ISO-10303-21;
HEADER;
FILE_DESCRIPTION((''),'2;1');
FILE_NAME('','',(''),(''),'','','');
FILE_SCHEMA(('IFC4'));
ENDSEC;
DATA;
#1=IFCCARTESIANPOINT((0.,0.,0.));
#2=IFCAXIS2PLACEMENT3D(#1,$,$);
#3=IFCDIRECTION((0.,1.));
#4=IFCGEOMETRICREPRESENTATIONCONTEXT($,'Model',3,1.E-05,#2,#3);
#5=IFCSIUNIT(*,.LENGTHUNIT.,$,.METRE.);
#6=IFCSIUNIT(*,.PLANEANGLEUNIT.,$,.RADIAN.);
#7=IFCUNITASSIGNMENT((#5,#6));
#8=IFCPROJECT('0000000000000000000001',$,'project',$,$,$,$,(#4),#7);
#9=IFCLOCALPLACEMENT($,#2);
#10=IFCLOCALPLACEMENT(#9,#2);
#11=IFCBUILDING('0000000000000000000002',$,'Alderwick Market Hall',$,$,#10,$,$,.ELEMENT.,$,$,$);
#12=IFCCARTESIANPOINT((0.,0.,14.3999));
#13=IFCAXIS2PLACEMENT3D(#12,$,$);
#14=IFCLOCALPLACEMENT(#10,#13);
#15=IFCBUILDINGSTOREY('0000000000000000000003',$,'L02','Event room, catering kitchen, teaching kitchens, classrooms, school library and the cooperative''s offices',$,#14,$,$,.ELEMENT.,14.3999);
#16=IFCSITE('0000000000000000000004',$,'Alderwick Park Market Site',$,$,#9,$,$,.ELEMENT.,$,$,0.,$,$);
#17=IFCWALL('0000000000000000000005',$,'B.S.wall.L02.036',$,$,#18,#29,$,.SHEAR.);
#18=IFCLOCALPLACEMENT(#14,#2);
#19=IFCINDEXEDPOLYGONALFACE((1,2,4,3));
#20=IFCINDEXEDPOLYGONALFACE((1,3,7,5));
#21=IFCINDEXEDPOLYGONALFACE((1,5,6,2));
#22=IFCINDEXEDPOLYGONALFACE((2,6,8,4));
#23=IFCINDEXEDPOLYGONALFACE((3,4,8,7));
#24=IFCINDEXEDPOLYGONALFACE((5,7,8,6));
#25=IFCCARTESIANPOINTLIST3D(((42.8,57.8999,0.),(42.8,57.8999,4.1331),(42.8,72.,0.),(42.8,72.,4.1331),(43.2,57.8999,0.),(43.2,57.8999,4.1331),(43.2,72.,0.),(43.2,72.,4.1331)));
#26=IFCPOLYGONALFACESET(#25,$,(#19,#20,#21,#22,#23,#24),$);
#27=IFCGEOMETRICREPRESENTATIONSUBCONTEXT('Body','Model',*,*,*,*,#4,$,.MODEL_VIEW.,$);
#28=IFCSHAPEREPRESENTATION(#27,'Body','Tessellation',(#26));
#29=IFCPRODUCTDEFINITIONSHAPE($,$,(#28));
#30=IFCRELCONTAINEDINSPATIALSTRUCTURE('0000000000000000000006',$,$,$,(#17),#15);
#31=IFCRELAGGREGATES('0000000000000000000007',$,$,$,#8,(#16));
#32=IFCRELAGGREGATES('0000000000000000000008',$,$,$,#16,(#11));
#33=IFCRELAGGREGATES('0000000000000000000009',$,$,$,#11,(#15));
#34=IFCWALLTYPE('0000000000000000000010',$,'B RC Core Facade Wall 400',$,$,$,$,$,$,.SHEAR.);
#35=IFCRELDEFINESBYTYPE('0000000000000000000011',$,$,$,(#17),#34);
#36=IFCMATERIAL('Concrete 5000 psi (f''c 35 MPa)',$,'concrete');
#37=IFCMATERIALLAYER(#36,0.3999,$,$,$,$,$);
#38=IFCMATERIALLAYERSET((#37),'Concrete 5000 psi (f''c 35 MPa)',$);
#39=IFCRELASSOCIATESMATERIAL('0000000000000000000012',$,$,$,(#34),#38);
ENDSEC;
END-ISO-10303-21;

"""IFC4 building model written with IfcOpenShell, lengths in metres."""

from ifc_helpers import new_model, si_unit, direction, frame, frame_2d, origin, place, context, subcontext, project, spatial, rectangle, extrude, material, layer, layer_set, type_object, element, save


model = new_model("IFC4")

# Units and contexts
model_context = context("Model", 3, precision=1e-05, world=origin(), true_north=direction((0.0, 1.0)))
body_context = subcontext(model_context, "Body", "Model", "MODEL_VIEW")
ifc_project = project(units=[si_unit("LENGTHUNIT", "METRE"), si_unit("PLANEANGLEUNIT", "RADIAN")], contexts=[model_context])

# Site, building, storey
site_placement = place(None, origin())
site = spatial("IfcSite", under=ifc_project, at=site_placement, Name="Alderwick Park Market Site", CompositionType="ELEMENT", RefElevation=0.0)
building_placement = place(site_placement, origin())
building = spatial("IfcBuilding", under=site, at=building_placement, Name="Alderwick Market Hall", CompositionType="ELEMENT")
storey_placement = place(building_placement, frame((0.0, 0.0, 14.3999)))
storey = spatial("IfcBuildingStorey", under=building, at=storey_placement, Name="L02", Description="Event room, catering kitchen, teaching kitchens, classrooms, school library and the cooperative's offices", CompositionType="ELEMENT", Elevation=14.3999)

# Shared definitions
ifc_material_1 = material(Name="Concrete 5000 psi (f'c 35 MPa)", Category="concrete")

# Wall
ifc_layer_1 = layer(ifc_material_1, 0.3999)
ifc_layer_set_1 = layer_set([ifc_layer_1], Name="Concrete 5000 psi (f'c 35 MPa)")
wall_type_1 = type_object("IfcWallType", Name="B RC Core Facade Wall 400", PredefinedType="SHEAR", material=ifc_layer_set_1)
wall_1_placement = place(storey_placement, frame((43.0, 57.8999, 0.0), z_axis=(0.0, 0.0, 1.0), x_axis=(0.0, 1.0, 0.0)))
element("IfcWall", 1, at=wall_1_placement, inside=storey, type_object=wall_type_1, Name="B.S.wall.L02.036", PredefinedType="SHEAR", context=body_context, shape_type="SweptSolid", body=[
    extrude(rectangle(XDim=14.1001, YDim=0.3999, at=frame_2d((7.05, 0.0))), origin(), (0.0, 0.0, 1.0), 4.1331),
])

save(model, "model.ifc")
